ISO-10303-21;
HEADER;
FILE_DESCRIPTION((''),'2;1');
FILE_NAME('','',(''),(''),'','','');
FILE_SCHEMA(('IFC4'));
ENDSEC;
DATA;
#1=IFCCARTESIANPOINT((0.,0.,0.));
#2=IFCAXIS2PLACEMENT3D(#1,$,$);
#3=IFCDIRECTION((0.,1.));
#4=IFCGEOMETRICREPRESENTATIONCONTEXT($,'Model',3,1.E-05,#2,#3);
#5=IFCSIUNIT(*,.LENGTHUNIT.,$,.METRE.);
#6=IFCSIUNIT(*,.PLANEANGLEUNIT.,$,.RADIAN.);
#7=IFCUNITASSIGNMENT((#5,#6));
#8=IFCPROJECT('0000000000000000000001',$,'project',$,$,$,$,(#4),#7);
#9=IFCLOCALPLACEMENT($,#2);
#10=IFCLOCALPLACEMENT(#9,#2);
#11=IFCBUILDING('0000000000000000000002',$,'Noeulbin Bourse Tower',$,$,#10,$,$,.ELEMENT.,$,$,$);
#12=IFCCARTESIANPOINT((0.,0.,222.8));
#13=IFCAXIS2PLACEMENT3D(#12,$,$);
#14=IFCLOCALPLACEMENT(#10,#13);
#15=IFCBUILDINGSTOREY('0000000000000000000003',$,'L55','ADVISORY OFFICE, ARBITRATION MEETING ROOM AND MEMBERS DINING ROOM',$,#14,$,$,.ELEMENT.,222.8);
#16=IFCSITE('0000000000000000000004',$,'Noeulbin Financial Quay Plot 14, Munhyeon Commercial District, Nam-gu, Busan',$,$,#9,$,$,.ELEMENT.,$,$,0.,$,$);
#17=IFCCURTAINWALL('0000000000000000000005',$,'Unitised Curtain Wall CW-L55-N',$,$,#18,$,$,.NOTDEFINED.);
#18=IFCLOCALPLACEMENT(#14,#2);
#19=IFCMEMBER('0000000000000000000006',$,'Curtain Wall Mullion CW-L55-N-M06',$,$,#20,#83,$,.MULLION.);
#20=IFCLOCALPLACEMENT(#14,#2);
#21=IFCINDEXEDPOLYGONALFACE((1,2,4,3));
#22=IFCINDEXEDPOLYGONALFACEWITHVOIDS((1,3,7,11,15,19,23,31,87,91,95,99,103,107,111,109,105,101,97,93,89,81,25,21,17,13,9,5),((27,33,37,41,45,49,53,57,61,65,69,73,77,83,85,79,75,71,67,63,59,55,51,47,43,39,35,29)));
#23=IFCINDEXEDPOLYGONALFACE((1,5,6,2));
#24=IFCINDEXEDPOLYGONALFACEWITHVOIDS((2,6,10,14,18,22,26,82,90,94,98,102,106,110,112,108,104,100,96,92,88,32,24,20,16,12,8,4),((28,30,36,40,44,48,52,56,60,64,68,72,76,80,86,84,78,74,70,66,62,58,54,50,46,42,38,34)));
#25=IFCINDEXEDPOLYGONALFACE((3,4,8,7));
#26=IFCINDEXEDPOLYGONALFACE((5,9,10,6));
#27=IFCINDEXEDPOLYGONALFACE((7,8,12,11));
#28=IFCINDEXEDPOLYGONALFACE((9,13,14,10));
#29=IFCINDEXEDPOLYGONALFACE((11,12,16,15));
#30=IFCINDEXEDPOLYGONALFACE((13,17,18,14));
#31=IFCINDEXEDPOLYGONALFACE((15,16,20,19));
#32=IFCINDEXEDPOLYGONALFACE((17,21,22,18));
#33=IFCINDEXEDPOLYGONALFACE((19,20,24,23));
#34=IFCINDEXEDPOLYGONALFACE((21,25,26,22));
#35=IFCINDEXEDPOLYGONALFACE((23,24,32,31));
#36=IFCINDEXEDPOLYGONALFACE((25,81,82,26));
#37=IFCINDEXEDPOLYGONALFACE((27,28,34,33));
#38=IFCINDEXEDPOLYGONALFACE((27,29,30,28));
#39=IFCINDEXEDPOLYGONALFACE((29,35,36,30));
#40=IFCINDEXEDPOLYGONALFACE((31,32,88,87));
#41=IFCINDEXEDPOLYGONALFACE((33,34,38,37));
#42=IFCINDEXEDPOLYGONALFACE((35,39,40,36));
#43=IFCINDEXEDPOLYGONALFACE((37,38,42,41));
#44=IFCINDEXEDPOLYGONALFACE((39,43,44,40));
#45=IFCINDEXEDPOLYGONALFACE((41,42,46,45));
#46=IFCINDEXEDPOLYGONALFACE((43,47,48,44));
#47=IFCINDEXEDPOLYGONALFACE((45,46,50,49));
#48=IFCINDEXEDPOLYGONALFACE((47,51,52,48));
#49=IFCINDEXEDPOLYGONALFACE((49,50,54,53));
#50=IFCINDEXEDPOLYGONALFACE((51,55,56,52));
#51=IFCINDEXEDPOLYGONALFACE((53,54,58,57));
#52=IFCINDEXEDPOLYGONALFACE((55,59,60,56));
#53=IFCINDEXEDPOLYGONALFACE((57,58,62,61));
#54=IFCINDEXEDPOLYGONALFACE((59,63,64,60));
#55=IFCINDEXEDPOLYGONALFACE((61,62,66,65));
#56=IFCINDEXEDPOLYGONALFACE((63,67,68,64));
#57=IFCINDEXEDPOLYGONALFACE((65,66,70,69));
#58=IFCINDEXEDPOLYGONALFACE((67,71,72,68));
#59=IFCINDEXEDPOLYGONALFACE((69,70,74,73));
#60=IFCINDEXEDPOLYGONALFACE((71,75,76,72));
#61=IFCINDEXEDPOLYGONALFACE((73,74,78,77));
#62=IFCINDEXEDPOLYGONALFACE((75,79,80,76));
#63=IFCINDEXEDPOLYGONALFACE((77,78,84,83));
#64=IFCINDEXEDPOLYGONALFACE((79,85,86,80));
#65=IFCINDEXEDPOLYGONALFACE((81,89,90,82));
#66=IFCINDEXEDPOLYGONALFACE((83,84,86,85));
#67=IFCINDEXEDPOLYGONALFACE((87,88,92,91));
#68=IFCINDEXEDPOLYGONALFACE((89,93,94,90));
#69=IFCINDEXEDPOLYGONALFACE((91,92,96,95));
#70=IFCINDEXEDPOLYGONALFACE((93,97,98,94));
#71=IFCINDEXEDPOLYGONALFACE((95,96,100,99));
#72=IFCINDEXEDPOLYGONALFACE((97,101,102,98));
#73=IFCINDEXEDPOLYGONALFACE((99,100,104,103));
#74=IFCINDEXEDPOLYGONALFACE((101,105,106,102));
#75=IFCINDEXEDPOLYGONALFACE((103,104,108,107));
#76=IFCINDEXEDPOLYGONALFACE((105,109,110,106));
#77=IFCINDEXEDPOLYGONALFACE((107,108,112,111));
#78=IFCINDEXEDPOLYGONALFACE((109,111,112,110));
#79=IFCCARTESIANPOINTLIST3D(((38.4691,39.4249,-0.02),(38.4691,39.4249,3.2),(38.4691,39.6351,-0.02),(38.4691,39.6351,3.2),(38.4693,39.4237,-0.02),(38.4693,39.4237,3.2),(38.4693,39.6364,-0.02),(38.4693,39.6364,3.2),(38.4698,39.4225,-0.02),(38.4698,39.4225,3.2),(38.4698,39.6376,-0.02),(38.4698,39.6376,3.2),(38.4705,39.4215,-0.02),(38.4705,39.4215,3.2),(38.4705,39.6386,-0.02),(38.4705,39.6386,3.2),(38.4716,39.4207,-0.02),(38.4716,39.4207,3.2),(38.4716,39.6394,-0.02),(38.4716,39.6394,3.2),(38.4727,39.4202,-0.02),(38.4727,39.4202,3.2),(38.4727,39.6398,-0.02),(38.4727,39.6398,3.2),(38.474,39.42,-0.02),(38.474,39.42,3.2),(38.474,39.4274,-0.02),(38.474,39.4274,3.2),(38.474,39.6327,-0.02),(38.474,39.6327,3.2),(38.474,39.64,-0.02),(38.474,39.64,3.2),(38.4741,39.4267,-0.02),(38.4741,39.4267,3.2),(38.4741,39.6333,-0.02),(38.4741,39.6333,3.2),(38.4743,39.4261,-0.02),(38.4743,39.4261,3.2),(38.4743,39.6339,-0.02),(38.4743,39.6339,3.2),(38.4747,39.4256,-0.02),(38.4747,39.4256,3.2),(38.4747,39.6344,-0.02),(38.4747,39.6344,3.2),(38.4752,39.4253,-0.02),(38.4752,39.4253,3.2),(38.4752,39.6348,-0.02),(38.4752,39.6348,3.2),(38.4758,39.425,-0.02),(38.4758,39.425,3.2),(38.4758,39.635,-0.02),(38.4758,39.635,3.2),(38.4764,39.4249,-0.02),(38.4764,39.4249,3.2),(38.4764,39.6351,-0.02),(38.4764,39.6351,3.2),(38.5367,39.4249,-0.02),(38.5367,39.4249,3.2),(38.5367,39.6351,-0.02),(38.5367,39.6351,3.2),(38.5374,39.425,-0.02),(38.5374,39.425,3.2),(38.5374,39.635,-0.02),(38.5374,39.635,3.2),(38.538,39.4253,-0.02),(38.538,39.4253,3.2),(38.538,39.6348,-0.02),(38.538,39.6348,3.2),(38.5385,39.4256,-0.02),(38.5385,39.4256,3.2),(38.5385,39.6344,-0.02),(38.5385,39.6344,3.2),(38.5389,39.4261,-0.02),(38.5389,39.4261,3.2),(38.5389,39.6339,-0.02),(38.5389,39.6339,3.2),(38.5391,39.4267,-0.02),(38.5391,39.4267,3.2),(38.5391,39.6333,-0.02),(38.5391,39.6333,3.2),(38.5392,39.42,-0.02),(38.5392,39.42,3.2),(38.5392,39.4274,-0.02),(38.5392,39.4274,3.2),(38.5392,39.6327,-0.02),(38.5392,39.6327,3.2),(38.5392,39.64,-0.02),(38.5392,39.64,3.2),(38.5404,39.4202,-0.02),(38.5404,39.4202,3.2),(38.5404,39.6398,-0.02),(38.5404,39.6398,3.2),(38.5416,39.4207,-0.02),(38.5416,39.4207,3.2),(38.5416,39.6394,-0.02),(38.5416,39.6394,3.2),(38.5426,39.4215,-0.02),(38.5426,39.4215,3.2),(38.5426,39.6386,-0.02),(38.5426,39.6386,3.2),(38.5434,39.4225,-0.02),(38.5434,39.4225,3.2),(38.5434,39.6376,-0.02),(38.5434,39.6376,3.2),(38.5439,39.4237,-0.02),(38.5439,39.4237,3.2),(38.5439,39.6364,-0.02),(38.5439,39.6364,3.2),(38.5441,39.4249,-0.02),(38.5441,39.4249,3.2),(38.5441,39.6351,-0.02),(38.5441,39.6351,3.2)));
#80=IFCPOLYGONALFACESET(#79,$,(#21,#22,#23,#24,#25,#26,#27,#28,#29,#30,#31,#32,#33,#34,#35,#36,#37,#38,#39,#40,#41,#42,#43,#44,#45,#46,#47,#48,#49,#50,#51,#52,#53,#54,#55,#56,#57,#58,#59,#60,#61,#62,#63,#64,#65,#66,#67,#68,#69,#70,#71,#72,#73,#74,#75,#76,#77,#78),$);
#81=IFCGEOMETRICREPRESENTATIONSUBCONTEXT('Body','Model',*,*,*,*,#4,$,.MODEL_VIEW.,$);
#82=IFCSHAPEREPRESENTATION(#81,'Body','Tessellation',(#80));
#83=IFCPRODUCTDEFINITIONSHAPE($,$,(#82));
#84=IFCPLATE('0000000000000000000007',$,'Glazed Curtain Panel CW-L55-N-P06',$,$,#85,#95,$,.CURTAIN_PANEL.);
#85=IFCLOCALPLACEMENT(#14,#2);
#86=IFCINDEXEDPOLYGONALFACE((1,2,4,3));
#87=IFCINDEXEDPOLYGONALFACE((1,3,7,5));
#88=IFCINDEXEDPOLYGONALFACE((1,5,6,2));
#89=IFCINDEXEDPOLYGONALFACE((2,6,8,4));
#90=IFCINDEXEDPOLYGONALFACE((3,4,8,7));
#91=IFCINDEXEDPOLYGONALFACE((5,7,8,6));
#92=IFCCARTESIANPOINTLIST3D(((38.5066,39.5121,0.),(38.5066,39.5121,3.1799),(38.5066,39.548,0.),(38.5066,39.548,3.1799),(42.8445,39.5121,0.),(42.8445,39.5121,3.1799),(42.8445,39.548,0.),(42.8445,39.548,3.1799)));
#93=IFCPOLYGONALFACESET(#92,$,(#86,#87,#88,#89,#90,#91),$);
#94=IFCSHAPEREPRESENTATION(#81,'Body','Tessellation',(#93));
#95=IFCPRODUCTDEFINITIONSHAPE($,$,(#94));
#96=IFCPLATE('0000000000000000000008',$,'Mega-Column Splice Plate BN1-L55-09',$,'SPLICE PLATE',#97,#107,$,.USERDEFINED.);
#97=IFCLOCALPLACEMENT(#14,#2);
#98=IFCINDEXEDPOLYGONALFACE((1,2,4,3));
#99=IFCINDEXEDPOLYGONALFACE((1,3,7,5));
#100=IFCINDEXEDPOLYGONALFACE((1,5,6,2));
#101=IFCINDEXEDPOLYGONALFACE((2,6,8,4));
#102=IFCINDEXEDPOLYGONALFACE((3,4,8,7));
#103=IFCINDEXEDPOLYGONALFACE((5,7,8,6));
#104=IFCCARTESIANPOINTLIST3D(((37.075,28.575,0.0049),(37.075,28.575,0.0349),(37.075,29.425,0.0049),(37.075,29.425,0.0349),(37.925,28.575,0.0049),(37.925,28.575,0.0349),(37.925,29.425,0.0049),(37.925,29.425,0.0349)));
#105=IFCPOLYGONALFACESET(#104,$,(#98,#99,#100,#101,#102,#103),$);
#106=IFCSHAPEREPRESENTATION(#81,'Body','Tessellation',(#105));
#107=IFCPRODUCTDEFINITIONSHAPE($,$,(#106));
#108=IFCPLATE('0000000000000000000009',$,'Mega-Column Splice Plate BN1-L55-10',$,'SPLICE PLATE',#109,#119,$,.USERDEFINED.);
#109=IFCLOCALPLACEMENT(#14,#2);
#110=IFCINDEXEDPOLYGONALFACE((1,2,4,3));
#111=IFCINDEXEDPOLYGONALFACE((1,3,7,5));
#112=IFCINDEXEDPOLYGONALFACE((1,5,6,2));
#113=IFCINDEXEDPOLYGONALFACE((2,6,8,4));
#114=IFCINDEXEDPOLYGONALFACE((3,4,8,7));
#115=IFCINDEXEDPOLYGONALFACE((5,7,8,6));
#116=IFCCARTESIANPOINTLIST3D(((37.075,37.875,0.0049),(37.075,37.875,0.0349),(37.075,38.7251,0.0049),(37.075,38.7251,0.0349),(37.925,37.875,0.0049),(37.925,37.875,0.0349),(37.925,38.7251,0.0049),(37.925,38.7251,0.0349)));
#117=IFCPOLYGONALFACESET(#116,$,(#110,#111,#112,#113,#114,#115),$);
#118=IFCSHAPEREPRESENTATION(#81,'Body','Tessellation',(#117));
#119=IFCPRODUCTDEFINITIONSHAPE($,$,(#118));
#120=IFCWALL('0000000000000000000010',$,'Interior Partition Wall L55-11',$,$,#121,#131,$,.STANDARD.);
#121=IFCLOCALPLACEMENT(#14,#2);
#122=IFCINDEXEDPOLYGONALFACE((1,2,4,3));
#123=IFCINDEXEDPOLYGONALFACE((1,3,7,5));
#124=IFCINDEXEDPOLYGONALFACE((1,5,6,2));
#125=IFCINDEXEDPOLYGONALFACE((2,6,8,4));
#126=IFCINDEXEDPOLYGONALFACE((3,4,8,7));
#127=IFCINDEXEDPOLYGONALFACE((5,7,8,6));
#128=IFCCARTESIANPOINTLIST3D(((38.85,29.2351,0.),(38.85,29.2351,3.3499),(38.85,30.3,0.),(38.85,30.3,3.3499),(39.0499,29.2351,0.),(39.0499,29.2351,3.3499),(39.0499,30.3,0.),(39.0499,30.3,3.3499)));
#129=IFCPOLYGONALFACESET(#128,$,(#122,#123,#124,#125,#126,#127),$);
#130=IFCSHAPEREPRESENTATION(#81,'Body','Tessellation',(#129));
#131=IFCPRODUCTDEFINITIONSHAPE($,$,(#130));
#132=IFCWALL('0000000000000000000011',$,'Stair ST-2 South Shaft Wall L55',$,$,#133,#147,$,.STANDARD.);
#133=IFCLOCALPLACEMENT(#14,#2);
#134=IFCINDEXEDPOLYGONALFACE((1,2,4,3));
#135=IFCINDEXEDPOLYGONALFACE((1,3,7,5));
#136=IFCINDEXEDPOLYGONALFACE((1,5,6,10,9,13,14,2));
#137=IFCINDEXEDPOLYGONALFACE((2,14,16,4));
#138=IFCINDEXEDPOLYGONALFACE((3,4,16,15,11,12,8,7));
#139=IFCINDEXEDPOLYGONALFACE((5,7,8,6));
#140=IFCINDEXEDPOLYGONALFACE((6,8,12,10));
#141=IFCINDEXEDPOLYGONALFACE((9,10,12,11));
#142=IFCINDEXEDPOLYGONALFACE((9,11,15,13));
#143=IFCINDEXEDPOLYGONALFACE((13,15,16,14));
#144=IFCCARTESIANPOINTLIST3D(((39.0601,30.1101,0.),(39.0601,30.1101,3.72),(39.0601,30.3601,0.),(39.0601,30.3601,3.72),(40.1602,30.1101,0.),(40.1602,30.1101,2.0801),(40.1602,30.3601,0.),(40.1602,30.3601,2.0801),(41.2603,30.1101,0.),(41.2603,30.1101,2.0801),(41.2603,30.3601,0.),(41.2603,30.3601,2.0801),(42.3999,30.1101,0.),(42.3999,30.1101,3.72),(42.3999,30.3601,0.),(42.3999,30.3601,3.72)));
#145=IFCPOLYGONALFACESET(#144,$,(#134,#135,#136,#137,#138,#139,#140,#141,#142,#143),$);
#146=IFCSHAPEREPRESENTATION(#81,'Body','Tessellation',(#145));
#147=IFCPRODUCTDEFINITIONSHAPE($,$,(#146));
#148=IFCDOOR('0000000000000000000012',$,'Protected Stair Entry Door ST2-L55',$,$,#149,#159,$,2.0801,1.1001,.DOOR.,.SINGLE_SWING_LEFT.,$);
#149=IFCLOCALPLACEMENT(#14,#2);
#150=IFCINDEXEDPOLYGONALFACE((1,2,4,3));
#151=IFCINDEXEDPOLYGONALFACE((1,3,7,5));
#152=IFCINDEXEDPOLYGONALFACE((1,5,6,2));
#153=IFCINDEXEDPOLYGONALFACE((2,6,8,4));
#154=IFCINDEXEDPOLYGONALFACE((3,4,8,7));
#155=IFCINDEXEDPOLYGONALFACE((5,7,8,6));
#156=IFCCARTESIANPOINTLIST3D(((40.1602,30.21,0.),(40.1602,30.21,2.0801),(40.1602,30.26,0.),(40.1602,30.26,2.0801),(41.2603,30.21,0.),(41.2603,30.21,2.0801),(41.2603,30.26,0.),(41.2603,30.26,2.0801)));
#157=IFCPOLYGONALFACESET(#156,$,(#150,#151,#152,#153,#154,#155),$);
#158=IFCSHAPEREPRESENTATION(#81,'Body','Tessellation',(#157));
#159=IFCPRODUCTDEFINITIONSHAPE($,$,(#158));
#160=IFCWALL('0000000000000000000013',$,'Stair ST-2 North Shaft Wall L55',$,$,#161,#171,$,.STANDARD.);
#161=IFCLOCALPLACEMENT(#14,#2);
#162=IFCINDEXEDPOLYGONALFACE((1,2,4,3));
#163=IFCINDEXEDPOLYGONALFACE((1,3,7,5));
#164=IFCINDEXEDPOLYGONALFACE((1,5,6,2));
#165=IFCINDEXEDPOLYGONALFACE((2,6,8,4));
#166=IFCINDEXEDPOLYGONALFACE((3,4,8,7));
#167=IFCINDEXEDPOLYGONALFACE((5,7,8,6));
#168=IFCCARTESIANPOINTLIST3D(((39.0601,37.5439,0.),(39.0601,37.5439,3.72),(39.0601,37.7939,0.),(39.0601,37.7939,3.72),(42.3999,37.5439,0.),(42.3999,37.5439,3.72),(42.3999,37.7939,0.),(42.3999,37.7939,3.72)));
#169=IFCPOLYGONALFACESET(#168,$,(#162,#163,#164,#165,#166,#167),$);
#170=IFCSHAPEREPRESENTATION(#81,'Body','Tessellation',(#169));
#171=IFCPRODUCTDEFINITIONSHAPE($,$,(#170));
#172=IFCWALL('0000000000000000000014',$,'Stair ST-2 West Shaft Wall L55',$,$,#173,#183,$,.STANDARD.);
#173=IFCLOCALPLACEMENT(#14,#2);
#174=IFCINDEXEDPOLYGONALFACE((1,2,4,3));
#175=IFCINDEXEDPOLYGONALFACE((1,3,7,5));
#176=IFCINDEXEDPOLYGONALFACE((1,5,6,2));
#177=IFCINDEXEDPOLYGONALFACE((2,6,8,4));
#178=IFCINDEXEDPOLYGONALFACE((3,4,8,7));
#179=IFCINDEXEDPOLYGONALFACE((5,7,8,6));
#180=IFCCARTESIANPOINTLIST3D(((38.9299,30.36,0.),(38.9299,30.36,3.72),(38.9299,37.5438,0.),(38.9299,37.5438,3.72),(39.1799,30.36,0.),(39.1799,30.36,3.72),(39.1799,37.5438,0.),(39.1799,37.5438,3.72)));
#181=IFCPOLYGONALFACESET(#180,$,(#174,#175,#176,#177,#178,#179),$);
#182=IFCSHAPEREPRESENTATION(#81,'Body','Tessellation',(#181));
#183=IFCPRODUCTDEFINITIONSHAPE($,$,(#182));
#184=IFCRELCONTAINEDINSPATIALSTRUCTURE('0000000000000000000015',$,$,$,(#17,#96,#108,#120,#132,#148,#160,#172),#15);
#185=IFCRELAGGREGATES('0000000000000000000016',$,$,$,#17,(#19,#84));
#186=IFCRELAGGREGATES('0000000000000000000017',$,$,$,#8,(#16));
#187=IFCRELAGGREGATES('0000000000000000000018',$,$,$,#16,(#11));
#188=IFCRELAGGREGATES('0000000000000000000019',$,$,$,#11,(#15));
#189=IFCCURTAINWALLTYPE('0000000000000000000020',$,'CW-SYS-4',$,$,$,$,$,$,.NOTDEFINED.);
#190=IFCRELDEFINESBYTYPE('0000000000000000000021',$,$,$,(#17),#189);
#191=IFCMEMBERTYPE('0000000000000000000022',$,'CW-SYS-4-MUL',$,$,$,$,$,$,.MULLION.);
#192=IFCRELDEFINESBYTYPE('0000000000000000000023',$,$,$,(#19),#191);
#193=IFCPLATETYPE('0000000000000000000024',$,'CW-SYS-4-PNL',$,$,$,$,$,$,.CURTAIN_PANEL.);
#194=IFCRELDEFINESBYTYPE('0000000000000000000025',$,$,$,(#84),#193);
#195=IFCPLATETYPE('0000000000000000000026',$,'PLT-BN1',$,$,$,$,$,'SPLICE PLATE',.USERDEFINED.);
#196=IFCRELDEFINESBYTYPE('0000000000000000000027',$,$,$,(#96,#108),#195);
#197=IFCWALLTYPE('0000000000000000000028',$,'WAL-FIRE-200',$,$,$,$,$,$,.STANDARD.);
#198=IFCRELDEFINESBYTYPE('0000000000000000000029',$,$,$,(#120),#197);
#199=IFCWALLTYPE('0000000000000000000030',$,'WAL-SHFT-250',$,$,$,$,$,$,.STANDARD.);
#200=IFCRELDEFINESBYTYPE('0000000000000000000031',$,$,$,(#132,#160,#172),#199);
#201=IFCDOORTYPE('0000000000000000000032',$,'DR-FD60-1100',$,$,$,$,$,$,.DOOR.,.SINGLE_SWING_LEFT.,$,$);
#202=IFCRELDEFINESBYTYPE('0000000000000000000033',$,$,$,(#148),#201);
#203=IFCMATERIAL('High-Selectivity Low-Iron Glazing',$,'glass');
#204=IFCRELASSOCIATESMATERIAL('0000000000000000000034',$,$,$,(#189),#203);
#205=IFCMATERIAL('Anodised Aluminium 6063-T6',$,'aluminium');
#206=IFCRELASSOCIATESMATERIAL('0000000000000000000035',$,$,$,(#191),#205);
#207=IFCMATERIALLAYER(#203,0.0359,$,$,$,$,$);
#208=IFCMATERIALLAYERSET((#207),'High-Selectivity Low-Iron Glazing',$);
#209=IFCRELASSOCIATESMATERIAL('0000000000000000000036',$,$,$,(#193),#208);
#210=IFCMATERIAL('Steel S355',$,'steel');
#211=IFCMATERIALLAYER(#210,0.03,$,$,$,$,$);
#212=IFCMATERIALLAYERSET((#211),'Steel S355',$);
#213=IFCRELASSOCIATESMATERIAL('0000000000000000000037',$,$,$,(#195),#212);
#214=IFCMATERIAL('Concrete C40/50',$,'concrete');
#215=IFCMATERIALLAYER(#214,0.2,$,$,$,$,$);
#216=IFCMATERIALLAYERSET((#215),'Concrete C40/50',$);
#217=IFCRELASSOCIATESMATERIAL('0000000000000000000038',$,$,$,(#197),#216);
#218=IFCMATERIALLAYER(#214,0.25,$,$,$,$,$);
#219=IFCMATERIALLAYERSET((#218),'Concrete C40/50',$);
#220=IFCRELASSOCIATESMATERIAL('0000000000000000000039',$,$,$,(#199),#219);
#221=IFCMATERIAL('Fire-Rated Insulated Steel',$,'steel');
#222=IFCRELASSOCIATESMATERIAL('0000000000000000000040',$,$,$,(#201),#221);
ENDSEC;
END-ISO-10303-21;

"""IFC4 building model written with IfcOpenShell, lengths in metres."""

from ifc_helpers import new_model, si_unit, direction, frame, frame_2d, origin, origin_2d, place, context, subcontext, project, spatial, rectangle, hollow_rectangle, extrude, material, layer, layer_set, material_profile, profile_set, type_object, element, fill, aggregate, save


model = new_model("IFC4")

# Units and contexts
model_context = context("Model", 3, precision=1e-05, world=origin(), true_north=direction((0.0, 1.0)))
body_context = subcontext(model_context, "Body", "Model", "MODEL_VIEW")
ifc_project = project(units=[si_unit("LENGTHUNIT", "METRE"), si_unit("PLANEANGLEUNIT", "RADIAN")], contexts=[model_context])

# Site, building, storey
site_placement = place(None, origin())
site = spatial("IfcSite", under=ifc_project, at=site_placement, Name="Noeulbin Financial Quay Plot 14, Munhyeon Commercial District, Nam-gu, Busan", CompositionType="ELEMENT", RefElevation=0.0)
building_placement = place(site_placement, origin())
building = spatial("IfcBuilding", under=site, at=building_placement, Name="Noeulbin Bourse Tower", CompositionType="ELEMENT")
storey_placement = place(building_placement, frame((0.0, 0.0, 222.8)))
storey = spatial("IfcBuildingStorey", under=building, at=storey_placement, Name="L55", Description="ADVISORY OFFICE, ARBITRATION MEETING ROOM AND MEMBERS DINING ROOM", CompositionType="ELEMENT", Elevation=222.8)

# Shared definitions
ifc_material_1 = material(Name="Steel S355", Category="steel")

# Curtain wall, member, plate
ifc_material_2 = material(Name="High-Selectivity Low-Iron Glazing", Category="glass")
curtain_wall_type = type_object("IfcCurtainWallType", Name="CW-SYS-4", PredefinedType="NOTDEFINED", material=ifc_material_2)
curtain_wall_placement = place(storey_placement, origin())
curtain_wall = element("IfcCurtainWall", 1, at=curtain_wall_placement, inside=storey, type_object=curtain_wall_type, Name="Unitised Curtain Wall CW-L55-N", PredefinedType="NOTDEFINED")
ifc_material_3 = material(Name="Anodised Aluminium 6063-T6", Category="aluminium")
ifc_material_profile_1 = material_profile(ifc_material_3, hollow_rectangle(XDim=0.075, YDim=0.22, WallThickness=0.0049, InnerFilletRadius=0.0024, OuterFilletRadius=0.0049, at=origin_2d()), Name="ALU-MULL-75x220x5", Category="LoadBearing")
ifc_profile_set_1 = profile_set([ifc_material_profile_1], Name="Anodised Aluminium 6063-T6")
member_type = type_object("IfcMemberType", Name="CW-SYS-4-MUL", PredefinedType="MULLION", material=ifc_profile_set_1)
member_placement = place(storey_placement, frame((38.5066, 39.53, -0.02), z_axis=(0.0, 0.0, 1.0), x_axis=(1.0, 0.0, 0.0)))
member = element("IfcMember", 2, at=member_placement, type_object=member_type, Name="Curtain Wall Mullion CW-L55-N-M06", PredefinedType="MULLION", context=body_context, shape_type="SweptSolid", body=[
    extrude(hollow_rectangle(XDim=0.075, YDim=0.22, WallThickness=0.0049, InnerFilletRadius=0.0024, OuterFilletRadius=0.0049, at=origin_2d()), origin(), (0.0, 0.0, 1.0), 3.22),
])
ifc_layer_1 = layer(ifc_material_2, 0.0359)
ifc_layer_set_1 = layer_set([ifc_layer_1], Name="High-Selectivity Low-Iron Glazing")
plate_type_1 = type_object("IfcPlateType", Name="CW-SYS-4-PNL", PredefinedType="CURTAIN_PANEL", material=ifc_layer_set_1)
plate_placement = place(storey_placement, frame((40.6755, 39.53, 0.0), z_axis=(0.0, 0.0, 1.0), x_axis=(1.0, 0.0, 0.0)))
plate = element("IfcPlate", 3, at=plate_placement, type_object=plate_type_1, Name="Glazed Curtain Panel CW-L55-N-P06", PredefinedType="CURTAIN_PANEL", context=body_context, shape_type="SweptSolid", body=[
    extrude(rectangle(XDim=4.3379, YDim=0.0359, at=origin_2d()), origin(), (0.0, 0.0, 1.0), 3.1799),
])
aggregate(curtain_wall, [member, plate])

# Plates
ifc_layer_2 = layer(ifc_material_1, 0.03)
ifc_layer_set_2 = layer_set([ifc_layer_2], Name="Steel S355")
plate_type_2 = type_object("IfcPlateType", Name="PLT-BN1", ElementType="SPLICE PLATE", PredefinedType="USERDEFINED", material=ifc_layer_set_2)
for number, where, z_axis, x_axis, name in (
    (4, (37.5, 29.0, 0.0049), (0.0, 0.0, 1.0), (1.0, 0.0, 0.0), "Mega-Column Splice Plate BN1-L55-09"),
    (5, (37.5, 38.3, 0.0049), (0.0, 0.0, 1.0), (1.0, 0.0, 0.0), "Mega-Column Splice Plate BN1-L55-10"),
):
    element("IfcPlate", number, at=place(storey_placement, frame(where, z_axis=z_axis, x_axis=x_axis)), inside=storey, type_object=plate_type_2, Name=name, ObjectType="SPLICE PLATE", PredefinedType="USERDEFINED", context=body_context, shape_type="SweptSolid", body=[
        extrude(rectangle(XDim=0.8501, YDim=0.8501, at=origin_2d()), origin(), (0.0, 0.0, 1.0), 0.03),
    ])

# Wall
ifc_material_4 = material(Name="Concrete C40/50", Category="concrete")
ifc_layer_3 = layer(ifc_material_4, 0.2)
ifc_layer_set_3 = layer_set([ifc_layer_3], Name="Concrete C40/50")
wall_type_1 = type_object("IfcWallType", Name="WAL-FIRE-200", PredefinedType="STANDARD", material=ifc_layer_set_3)
wall_1_placement = place(storey_placement, frame((38.95, 29.2351, 0.0), z_axis=(0.0, 0.0, 1.0), x_axis=(0.0, 1.0, 0.0)))
element("IfcWall", 6, at=wall_1_placement, inside=storey, type_object=wall_type_1, Name="Interior Partition Wall L55-11", PredefinedType="STANDARD", context=body_context, shape_type="SweptSolid", body=[
    extrude(rectangle(XDim=1.0649, YDim=0.2, at=frame_2d((0.5325, 0.0))), origin(), (0.0, 0.0, 1.0), 3.3499),
])

# Wall, opening, door
ifc_layer_4 = layer(ifc_material_4, 0.25)
ifc_layer_set_4 = layer_set([ifc_layer_4], Name="Concrete C40/50")
wall_type_2 = type_object("IfcWallType", Name="WAL-SHFT-250", PredefinedType="STANDARD", material=ifc_layer_set_4)
wall_2_placement = place(storey_placement, frame((39.0601, 30.2351, 0.0), z_axis=(0.0, 0.0, 1.0), x_axis=(1.0, 0.0, 0.0)))
wall_2 = element("IfcWall", 7, at=wall_2_placement, inside=storey, type_object=wall_type_2, Name="Stair ST-2 South Shaft Wall L55", PredefinedType="STANDARD", context=body_context, shape_type="SweptSolid", body=[
    extrude(rectangle(XDim=3.3398, YDim=0.25, at=frame_2d((1.6699, 0.0))), origin(), (0.0, 0.0, 1.0), 3.72),
])
opening_placement = place(wall_2_placement, frame((1.1001, 0.0, 0.0)))
opening = element("IfcOpeningElement", 8, at=opening_placement, cuts=wall_2, PredefinedType="OPENING", context=body_context, shape_type="SweptSolid", body=[
    extrude(rectangle(XDim=1.1001, YDim=2.0801, at=frame_2d((0.55, 1.04))), frame((0.0, 0.135, 0.0), z_axis=(0.0, -1.0, 0.0), x_axis=(1.0, 0.0, 0.0)), (0.0, 0.0, 1.0), 0.27),
])
ifc_material_5 = material(Name="Fire-Rated Insulated Steel", Category="steel")
door_type = type_object("IfcDoorType", Name="DR-FD60-1100", OperationType="SINGLE_SWING_LEFT", PredefinedType="DOOR", material=ifc_material_5)
door_placement = place(opening_placement, origin())
door = element("IfcDoor", 9, at=door_placement, inside=storey, type_object=door_type, Name="Protected Stair Entry Door ST2-L55", OperationType="SINGLE_SWING_LEFT", OverallHeight=2.0801, OverallWidth=1.1001, PredefinedType="DOOR", context=body_context, shape_type="SweptSolid", body=[
    extrude(rectangle(XDim=1.1001, YDim=2.0801, at=frame_2d((0.55, 1.04))), frame((0.0, 0.0249, 0.0), z_axis=(0.0, -1.0, 0.0), x_axis=(1.0, 0.0, 0.0)), (0.0, 0.0, 1.0), 0.05),
])
fill(opening, door)

# Walls
wall_3_placement = place(storey_placement, frame((39.0601, 37.6689, 0.0), z_axis=(0.0, 0.0, 1.0), x_axis=(1.0, 0.0, 0.0)))
element("IfcWall", 10, at=wall_3_placement, inside=storey, type_object=wall_type_2, Name="Stair ST-2 North Shaft Wall L55", PredefinedType="STANDARD", context=body_context, shape_type="SweptSolid", body=[
    extrude(rectangle(XDim=3.3398, YDim=0.25, at=frame_2d((1.6699, 0.0))), origin(), (0.0, 0.0, 1.0), 3.72),
])
wall_4_placement = place(storey_placement, frame((39.0549, 30.3601, 0.0), z_axis=(0.0, 0.0, 1.0), x_axis=(0.0, 1.0, 0.0)))
element("IfcWall", 11, at=wall_4_placement, inside=storey, type_object=wall_type_2, Name="Stair ST-2 West Shaft Wall L55", PredefinedType="STANDARD", context=body_context, shape_type="SweptSolid", body=[
    extrude(rectangle(XDim=7.1838, YDim=0.25, at=frame_2d((3.5918, 0.0))), origin(), (0.0, 0.0, 1.0), 3.72),
])

save(model, "model.ifc")
